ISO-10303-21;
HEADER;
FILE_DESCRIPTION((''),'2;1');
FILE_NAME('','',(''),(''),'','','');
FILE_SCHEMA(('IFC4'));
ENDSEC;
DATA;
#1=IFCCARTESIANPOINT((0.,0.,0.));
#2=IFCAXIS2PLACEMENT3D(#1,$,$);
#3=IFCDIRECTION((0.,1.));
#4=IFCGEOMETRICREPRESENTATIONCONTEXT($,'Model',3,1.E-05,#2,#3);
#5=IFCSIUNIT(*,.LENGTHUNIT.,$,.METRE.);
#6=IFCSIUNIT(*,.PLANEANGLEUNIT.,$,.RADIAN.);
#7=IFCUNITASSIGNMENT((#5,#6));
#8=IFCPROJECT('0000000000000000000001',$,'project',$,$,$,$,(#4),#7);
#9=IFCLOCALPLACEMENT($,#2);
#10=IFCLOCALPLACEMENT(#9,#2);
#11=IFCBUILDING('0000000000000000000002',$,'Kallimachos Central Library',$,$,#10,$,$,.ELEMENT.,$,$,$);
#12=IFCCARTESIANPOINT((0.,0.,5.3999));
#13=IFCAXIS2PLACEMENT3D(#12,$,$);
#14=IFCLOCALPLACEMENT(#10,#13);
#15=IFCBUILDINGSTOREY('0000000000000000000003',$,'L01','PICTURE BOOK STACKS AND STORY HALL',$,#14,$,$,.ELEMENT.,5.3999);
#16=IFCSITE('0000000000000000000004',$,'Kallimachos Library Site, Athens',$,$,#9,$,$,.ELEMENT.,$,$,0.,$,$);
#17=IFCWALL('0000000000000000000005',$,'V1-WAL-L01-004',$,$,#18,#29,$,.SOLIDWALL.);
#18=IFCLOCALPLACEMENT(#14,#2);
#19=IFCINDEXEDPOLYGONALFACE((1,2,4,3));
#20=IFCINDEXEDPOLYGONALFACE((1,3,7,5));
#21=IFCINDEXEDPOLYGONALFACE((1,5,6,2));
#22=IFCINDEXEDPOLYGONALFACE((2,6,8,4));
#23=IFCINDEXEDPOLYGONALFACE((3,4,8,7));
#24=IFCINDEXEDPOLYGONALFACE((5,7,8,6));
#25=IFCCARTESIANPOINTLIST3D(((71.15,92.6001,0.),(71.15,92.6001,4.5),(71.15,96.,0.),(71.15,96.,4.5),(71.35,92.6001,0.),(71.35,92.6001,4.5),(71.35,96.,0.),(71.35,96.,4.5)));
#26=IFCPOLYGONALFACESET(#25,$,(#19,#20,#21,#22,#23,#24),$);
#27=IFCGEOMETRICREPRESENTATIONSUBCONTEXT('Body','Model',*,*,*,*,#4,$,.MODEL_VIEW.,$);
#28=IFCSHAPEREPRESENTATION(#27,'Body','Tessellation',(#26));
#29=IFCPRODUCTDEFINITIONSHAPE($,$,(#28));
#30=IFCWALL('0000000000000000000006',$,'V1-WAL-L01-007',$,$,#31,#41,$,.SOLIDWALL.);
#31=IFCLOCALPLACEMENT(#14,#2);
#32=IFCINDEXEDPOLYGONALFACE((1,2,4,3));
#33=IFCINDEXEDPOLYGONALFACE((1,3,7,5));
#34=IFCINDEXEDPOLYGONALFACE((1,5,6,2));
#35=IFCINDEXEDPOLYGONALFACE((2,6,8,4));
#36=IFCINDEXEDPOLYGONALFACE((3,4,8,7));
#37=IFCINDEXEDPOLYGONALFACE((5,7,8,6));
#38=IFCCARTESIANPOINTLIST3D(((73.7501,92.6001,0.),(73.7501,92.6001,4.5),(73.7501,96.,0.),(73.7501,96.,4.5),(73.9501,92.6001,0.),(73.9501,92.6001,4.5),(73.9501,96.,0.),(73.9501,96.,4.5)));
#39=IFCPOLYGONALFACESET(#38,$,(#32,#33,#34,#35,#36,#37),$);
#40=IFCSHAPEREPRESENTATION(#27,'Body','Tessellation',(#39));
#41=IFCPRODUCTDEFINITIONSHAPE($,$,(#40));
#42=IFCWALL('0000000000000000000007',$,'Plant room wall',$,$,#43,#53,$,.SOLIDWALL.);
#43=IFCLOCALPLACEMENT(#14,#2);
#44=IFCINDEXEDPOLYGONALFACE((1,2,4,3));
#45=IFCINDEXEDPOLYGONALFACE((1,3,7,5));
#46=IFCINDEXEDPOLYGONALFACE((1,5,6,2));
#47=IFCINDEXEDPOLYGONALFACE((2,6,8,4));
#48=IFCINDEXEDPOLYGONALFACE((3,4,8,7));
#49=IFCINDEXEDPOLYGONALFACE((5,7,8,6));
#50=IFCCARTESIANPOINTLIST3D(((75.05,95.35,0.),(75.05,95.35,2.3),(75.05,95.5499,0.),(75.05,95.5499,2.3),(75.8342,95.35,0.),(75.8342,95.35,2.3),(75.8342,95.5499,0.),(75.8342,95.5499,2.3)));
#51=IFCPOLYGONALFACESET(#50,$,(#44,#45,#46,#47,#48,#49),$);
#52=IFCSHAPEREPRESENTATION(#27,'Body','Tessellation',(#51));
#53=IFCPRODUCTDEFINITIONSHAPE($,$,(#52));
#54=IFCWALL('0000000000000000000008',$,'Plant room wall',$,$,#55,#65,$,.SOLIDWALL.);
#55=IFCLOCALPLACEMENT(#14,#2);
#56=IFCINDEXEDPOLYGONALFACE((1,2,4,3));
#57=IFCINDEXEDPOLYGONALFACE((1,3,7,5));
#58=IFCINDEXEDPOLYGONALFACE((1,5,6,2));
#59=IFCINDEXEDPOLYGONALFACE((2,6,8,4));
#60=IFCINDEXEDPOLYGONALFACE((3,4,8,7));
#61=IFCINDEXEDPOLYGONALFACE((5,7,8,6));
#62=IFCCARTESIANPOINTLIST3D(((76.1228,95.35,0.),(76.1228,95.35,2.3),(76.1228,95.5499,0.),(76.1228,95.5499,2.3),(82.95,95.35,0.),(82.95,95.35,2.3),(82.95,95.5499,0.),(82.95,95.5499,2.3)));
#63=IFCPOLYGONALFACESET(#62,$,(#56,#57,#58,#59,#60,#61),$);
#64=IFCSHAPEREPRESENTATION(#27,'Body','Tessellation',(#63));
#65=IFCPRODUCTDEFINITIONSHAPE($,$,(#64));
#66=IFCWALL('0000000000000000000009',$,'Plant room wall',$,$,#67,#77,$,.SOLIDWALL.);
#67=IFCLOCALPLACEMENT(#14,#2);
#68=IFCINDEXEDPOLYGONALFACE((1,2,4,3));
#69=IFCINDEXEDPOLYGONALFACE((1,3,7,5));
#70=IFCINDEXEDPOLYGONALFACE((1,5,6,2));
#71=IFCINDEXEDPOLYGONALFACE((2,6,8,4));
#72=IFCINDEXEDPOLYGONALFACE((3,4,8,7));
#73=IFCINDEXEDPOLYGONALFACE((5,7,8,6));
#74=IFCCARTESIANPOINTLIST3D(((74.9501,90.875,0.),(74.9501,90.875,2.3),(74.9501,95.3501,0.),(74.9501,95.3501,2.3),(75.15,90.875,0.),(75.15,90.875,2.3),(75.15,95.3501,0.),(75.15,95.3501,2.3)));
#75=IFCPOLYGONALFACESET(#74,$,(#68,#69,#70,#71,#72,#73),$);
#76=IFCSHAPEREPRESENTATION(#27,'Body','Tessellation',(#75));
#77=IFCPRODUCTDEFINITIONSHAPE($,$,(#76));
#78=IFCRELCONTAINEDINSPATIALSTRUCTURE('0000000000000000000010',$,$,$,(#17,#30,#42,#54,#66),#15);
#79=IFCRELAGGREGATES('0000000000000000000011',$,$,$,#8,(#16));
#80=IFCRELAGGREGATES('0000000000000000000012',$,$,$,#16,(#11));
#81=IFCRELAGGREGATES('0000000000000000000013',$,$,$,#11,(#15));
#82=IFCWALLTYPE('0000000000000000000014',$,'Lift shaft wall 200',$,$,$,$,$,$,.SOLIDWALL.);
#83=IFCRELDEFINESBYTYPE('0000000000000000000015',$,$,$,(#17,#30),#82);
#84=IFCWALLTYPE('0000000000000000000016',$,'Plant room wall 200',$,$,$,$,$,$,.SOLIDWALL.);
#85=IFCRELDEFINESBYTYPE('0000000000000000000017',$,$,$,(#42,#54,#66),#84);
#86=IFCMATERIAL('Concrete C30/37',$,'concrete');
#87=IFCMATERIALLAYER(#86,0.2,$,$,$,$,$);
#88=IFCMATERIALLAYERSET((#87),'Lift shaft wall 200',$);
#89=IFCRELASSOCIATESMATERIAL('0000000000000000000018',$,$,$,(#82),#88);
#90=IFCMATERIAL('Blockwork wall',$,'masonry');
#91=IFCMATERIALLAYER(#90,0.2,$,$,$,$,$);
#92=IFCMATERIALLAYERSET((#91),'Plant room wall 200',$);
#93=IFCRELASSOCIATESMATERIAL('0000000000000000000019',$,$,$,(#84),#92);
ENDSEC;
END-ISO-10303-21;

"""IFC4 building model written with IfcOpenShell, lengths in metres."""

from ifc_helpers import new_model, si_unit, direction, frame, frame_2d, origin, place, context, subcontext, project, spatial, rectangle, extrude, material, layer, layer_set, type_object, element, save


model = new_model("IFC4")

# Units and contexts
model_context = context("Model", 3, precision=1e-05, world=origin(), true_north=direction((0.0, 1.0)))
body_context = subcontext(model_context, "Body", "Model", "MODEL_VIEW")
ifc_project = project(units=[si_unit("LENGTHUNIT", "METRE"), si_unit("PLANEANGLEUNIT", "RADIAN")], contexts=[model_context])

# Site, building, storey
site_placement = place(None, origin())
site = spatial("IfcSite", under=ifc_project, at=site_placement, Name="Kallimachos Library Site, Athens", CompositionType="ELEMENT", RefElevation=0.0)
building_placement = place(site_placement, origin())
building = spatial("IfcBuilding", under=site, at=building_placement, Name="Kallimachos Central Library", CompositionType="ELEMENT")
storey_placement = place(building_placement, frame((0.0, 0.0, 5.3999)))
storey = spatial("IfcBuildingStorey", under=building, at=storey_placement, Name="L01", Description="PICTURE BOOK STACKS AND STORY HALL", CompositionType="ELEMENT", Elevation=5.3999)

# Walls
ifc_material_1 = material(Name="Concrete C30/37", Category="concrete")
ifc_layer_1 = layer(ifc_material_1, 0.2)
ifc_layer_set_1 = layer_set([ifc_layer_1], Name="Lift shaft wall 200")
wall_type_1 = type_object("IfcWallType", Name="Lift shaft wall 200", PredefinedType="SOLIDWALL", material=ifc_layer_set_1)
for number, where, z_axis, x_axis, name in (
    (1, (71.25, 92.6001, 0.0), (0.0, 0.0, 1.0), (0.0, 1.0, 0.0), "V1-WAL-L01-004"),
    (2, (73.8501, 92.6001, 0.0), (0.0, 0.0, 1.0), (0.0, 1.0, 0.0), "V1-WAL-L01-007"),
):
    element("IfcWall", number, at=place(storey_placement, frame(where, z_axis=z_axis, x_axis=x_axis)), inside=storey, type_object=wall_type_1, Name=name, PredefinedType="SOLIDWALL", context=body_context, shape_type="SweptSolid", body=[
        extrude(rectangle(XDim=3.3999, YDim=0.2, at=frame_2d((1.7, 0.0))), origin(), (0.0, 0.0, 1.0), 4.5),
    ])
ifc_material_2 = material(Name="Blockwork wall", Category="masonry")
ifc_layer_2 = layer(ifc_material_2, 0.2)
ifc_layer_set_2 = layer_set([ifc_layer_2], Name="Plant room wall 200")
wall_type_2 = type_object("IfcWallType", Name="Plant room wall 200", PredefinedType="SOLIDWALL", material=ifc_layer_set_2)
wall_1_placement = place(storey_placement, frame((75.05, 95.45, 0.0), z_axis=(0.0, 0.0, 1.0), x_axis=(1.0, 0.0, 0.0)))
element("IfcWall", 3, at=wall_1_placement, inside=storey, type_object=wall_type_2, Name="Plant room wall", PredefinedType="SOLIDWALL", context=body_context, shape_type="SweptSolid", body=[
    extrude(rectangle(XDim=0.7842, YDim=0.2, at=frame_2d((0.3921, 0.0))), origin(), (0.0, 0.0, 1.0), 2.3),
])
wall_2_placement = place(storey_placement, frame((76.1228, 95.45, 0.0), z_axis=(0.0, 0.0, 1.0), x_axis=(1.0, 0.0, 0.0)))
element("IfcWall", 4, at=wall_2_placement, inside=storey, type_object=wall_type_2, Name="Plant room wall", PredefinedType="SOLIDWALL", context=body_context, shape_type="SweptSolid", body=[
    extrude(rectangle(XDim=6.8271, YDim=0.2, at=frame_2d((3.4136, 0.0))), origin(), (0.0, 0.0, 1.0), 2.3),
])
wall_3_placement = place(storey_placement, frame((75.05, 90.875, 0.0), z_axis=(0.0, 0.0, 1.0), x_axis=(0.0, 1.0, 0.0)))
element("IfcWall", 5, at=wall_3_placement, inside=storey, type_object=wall_type_2, Name="Plant room wall", PredefinedType="SOLIDWALL", context=body_context, shape_type="SweptSolid", body=[
    extrude(rectangle(XDim=4.4751, YDim=0.2, at=frame_2d((2.2375, 0.0))), origin(), (0.0, 0.0, 1.0), 2.3),
])

save(model, "model.ifc")
